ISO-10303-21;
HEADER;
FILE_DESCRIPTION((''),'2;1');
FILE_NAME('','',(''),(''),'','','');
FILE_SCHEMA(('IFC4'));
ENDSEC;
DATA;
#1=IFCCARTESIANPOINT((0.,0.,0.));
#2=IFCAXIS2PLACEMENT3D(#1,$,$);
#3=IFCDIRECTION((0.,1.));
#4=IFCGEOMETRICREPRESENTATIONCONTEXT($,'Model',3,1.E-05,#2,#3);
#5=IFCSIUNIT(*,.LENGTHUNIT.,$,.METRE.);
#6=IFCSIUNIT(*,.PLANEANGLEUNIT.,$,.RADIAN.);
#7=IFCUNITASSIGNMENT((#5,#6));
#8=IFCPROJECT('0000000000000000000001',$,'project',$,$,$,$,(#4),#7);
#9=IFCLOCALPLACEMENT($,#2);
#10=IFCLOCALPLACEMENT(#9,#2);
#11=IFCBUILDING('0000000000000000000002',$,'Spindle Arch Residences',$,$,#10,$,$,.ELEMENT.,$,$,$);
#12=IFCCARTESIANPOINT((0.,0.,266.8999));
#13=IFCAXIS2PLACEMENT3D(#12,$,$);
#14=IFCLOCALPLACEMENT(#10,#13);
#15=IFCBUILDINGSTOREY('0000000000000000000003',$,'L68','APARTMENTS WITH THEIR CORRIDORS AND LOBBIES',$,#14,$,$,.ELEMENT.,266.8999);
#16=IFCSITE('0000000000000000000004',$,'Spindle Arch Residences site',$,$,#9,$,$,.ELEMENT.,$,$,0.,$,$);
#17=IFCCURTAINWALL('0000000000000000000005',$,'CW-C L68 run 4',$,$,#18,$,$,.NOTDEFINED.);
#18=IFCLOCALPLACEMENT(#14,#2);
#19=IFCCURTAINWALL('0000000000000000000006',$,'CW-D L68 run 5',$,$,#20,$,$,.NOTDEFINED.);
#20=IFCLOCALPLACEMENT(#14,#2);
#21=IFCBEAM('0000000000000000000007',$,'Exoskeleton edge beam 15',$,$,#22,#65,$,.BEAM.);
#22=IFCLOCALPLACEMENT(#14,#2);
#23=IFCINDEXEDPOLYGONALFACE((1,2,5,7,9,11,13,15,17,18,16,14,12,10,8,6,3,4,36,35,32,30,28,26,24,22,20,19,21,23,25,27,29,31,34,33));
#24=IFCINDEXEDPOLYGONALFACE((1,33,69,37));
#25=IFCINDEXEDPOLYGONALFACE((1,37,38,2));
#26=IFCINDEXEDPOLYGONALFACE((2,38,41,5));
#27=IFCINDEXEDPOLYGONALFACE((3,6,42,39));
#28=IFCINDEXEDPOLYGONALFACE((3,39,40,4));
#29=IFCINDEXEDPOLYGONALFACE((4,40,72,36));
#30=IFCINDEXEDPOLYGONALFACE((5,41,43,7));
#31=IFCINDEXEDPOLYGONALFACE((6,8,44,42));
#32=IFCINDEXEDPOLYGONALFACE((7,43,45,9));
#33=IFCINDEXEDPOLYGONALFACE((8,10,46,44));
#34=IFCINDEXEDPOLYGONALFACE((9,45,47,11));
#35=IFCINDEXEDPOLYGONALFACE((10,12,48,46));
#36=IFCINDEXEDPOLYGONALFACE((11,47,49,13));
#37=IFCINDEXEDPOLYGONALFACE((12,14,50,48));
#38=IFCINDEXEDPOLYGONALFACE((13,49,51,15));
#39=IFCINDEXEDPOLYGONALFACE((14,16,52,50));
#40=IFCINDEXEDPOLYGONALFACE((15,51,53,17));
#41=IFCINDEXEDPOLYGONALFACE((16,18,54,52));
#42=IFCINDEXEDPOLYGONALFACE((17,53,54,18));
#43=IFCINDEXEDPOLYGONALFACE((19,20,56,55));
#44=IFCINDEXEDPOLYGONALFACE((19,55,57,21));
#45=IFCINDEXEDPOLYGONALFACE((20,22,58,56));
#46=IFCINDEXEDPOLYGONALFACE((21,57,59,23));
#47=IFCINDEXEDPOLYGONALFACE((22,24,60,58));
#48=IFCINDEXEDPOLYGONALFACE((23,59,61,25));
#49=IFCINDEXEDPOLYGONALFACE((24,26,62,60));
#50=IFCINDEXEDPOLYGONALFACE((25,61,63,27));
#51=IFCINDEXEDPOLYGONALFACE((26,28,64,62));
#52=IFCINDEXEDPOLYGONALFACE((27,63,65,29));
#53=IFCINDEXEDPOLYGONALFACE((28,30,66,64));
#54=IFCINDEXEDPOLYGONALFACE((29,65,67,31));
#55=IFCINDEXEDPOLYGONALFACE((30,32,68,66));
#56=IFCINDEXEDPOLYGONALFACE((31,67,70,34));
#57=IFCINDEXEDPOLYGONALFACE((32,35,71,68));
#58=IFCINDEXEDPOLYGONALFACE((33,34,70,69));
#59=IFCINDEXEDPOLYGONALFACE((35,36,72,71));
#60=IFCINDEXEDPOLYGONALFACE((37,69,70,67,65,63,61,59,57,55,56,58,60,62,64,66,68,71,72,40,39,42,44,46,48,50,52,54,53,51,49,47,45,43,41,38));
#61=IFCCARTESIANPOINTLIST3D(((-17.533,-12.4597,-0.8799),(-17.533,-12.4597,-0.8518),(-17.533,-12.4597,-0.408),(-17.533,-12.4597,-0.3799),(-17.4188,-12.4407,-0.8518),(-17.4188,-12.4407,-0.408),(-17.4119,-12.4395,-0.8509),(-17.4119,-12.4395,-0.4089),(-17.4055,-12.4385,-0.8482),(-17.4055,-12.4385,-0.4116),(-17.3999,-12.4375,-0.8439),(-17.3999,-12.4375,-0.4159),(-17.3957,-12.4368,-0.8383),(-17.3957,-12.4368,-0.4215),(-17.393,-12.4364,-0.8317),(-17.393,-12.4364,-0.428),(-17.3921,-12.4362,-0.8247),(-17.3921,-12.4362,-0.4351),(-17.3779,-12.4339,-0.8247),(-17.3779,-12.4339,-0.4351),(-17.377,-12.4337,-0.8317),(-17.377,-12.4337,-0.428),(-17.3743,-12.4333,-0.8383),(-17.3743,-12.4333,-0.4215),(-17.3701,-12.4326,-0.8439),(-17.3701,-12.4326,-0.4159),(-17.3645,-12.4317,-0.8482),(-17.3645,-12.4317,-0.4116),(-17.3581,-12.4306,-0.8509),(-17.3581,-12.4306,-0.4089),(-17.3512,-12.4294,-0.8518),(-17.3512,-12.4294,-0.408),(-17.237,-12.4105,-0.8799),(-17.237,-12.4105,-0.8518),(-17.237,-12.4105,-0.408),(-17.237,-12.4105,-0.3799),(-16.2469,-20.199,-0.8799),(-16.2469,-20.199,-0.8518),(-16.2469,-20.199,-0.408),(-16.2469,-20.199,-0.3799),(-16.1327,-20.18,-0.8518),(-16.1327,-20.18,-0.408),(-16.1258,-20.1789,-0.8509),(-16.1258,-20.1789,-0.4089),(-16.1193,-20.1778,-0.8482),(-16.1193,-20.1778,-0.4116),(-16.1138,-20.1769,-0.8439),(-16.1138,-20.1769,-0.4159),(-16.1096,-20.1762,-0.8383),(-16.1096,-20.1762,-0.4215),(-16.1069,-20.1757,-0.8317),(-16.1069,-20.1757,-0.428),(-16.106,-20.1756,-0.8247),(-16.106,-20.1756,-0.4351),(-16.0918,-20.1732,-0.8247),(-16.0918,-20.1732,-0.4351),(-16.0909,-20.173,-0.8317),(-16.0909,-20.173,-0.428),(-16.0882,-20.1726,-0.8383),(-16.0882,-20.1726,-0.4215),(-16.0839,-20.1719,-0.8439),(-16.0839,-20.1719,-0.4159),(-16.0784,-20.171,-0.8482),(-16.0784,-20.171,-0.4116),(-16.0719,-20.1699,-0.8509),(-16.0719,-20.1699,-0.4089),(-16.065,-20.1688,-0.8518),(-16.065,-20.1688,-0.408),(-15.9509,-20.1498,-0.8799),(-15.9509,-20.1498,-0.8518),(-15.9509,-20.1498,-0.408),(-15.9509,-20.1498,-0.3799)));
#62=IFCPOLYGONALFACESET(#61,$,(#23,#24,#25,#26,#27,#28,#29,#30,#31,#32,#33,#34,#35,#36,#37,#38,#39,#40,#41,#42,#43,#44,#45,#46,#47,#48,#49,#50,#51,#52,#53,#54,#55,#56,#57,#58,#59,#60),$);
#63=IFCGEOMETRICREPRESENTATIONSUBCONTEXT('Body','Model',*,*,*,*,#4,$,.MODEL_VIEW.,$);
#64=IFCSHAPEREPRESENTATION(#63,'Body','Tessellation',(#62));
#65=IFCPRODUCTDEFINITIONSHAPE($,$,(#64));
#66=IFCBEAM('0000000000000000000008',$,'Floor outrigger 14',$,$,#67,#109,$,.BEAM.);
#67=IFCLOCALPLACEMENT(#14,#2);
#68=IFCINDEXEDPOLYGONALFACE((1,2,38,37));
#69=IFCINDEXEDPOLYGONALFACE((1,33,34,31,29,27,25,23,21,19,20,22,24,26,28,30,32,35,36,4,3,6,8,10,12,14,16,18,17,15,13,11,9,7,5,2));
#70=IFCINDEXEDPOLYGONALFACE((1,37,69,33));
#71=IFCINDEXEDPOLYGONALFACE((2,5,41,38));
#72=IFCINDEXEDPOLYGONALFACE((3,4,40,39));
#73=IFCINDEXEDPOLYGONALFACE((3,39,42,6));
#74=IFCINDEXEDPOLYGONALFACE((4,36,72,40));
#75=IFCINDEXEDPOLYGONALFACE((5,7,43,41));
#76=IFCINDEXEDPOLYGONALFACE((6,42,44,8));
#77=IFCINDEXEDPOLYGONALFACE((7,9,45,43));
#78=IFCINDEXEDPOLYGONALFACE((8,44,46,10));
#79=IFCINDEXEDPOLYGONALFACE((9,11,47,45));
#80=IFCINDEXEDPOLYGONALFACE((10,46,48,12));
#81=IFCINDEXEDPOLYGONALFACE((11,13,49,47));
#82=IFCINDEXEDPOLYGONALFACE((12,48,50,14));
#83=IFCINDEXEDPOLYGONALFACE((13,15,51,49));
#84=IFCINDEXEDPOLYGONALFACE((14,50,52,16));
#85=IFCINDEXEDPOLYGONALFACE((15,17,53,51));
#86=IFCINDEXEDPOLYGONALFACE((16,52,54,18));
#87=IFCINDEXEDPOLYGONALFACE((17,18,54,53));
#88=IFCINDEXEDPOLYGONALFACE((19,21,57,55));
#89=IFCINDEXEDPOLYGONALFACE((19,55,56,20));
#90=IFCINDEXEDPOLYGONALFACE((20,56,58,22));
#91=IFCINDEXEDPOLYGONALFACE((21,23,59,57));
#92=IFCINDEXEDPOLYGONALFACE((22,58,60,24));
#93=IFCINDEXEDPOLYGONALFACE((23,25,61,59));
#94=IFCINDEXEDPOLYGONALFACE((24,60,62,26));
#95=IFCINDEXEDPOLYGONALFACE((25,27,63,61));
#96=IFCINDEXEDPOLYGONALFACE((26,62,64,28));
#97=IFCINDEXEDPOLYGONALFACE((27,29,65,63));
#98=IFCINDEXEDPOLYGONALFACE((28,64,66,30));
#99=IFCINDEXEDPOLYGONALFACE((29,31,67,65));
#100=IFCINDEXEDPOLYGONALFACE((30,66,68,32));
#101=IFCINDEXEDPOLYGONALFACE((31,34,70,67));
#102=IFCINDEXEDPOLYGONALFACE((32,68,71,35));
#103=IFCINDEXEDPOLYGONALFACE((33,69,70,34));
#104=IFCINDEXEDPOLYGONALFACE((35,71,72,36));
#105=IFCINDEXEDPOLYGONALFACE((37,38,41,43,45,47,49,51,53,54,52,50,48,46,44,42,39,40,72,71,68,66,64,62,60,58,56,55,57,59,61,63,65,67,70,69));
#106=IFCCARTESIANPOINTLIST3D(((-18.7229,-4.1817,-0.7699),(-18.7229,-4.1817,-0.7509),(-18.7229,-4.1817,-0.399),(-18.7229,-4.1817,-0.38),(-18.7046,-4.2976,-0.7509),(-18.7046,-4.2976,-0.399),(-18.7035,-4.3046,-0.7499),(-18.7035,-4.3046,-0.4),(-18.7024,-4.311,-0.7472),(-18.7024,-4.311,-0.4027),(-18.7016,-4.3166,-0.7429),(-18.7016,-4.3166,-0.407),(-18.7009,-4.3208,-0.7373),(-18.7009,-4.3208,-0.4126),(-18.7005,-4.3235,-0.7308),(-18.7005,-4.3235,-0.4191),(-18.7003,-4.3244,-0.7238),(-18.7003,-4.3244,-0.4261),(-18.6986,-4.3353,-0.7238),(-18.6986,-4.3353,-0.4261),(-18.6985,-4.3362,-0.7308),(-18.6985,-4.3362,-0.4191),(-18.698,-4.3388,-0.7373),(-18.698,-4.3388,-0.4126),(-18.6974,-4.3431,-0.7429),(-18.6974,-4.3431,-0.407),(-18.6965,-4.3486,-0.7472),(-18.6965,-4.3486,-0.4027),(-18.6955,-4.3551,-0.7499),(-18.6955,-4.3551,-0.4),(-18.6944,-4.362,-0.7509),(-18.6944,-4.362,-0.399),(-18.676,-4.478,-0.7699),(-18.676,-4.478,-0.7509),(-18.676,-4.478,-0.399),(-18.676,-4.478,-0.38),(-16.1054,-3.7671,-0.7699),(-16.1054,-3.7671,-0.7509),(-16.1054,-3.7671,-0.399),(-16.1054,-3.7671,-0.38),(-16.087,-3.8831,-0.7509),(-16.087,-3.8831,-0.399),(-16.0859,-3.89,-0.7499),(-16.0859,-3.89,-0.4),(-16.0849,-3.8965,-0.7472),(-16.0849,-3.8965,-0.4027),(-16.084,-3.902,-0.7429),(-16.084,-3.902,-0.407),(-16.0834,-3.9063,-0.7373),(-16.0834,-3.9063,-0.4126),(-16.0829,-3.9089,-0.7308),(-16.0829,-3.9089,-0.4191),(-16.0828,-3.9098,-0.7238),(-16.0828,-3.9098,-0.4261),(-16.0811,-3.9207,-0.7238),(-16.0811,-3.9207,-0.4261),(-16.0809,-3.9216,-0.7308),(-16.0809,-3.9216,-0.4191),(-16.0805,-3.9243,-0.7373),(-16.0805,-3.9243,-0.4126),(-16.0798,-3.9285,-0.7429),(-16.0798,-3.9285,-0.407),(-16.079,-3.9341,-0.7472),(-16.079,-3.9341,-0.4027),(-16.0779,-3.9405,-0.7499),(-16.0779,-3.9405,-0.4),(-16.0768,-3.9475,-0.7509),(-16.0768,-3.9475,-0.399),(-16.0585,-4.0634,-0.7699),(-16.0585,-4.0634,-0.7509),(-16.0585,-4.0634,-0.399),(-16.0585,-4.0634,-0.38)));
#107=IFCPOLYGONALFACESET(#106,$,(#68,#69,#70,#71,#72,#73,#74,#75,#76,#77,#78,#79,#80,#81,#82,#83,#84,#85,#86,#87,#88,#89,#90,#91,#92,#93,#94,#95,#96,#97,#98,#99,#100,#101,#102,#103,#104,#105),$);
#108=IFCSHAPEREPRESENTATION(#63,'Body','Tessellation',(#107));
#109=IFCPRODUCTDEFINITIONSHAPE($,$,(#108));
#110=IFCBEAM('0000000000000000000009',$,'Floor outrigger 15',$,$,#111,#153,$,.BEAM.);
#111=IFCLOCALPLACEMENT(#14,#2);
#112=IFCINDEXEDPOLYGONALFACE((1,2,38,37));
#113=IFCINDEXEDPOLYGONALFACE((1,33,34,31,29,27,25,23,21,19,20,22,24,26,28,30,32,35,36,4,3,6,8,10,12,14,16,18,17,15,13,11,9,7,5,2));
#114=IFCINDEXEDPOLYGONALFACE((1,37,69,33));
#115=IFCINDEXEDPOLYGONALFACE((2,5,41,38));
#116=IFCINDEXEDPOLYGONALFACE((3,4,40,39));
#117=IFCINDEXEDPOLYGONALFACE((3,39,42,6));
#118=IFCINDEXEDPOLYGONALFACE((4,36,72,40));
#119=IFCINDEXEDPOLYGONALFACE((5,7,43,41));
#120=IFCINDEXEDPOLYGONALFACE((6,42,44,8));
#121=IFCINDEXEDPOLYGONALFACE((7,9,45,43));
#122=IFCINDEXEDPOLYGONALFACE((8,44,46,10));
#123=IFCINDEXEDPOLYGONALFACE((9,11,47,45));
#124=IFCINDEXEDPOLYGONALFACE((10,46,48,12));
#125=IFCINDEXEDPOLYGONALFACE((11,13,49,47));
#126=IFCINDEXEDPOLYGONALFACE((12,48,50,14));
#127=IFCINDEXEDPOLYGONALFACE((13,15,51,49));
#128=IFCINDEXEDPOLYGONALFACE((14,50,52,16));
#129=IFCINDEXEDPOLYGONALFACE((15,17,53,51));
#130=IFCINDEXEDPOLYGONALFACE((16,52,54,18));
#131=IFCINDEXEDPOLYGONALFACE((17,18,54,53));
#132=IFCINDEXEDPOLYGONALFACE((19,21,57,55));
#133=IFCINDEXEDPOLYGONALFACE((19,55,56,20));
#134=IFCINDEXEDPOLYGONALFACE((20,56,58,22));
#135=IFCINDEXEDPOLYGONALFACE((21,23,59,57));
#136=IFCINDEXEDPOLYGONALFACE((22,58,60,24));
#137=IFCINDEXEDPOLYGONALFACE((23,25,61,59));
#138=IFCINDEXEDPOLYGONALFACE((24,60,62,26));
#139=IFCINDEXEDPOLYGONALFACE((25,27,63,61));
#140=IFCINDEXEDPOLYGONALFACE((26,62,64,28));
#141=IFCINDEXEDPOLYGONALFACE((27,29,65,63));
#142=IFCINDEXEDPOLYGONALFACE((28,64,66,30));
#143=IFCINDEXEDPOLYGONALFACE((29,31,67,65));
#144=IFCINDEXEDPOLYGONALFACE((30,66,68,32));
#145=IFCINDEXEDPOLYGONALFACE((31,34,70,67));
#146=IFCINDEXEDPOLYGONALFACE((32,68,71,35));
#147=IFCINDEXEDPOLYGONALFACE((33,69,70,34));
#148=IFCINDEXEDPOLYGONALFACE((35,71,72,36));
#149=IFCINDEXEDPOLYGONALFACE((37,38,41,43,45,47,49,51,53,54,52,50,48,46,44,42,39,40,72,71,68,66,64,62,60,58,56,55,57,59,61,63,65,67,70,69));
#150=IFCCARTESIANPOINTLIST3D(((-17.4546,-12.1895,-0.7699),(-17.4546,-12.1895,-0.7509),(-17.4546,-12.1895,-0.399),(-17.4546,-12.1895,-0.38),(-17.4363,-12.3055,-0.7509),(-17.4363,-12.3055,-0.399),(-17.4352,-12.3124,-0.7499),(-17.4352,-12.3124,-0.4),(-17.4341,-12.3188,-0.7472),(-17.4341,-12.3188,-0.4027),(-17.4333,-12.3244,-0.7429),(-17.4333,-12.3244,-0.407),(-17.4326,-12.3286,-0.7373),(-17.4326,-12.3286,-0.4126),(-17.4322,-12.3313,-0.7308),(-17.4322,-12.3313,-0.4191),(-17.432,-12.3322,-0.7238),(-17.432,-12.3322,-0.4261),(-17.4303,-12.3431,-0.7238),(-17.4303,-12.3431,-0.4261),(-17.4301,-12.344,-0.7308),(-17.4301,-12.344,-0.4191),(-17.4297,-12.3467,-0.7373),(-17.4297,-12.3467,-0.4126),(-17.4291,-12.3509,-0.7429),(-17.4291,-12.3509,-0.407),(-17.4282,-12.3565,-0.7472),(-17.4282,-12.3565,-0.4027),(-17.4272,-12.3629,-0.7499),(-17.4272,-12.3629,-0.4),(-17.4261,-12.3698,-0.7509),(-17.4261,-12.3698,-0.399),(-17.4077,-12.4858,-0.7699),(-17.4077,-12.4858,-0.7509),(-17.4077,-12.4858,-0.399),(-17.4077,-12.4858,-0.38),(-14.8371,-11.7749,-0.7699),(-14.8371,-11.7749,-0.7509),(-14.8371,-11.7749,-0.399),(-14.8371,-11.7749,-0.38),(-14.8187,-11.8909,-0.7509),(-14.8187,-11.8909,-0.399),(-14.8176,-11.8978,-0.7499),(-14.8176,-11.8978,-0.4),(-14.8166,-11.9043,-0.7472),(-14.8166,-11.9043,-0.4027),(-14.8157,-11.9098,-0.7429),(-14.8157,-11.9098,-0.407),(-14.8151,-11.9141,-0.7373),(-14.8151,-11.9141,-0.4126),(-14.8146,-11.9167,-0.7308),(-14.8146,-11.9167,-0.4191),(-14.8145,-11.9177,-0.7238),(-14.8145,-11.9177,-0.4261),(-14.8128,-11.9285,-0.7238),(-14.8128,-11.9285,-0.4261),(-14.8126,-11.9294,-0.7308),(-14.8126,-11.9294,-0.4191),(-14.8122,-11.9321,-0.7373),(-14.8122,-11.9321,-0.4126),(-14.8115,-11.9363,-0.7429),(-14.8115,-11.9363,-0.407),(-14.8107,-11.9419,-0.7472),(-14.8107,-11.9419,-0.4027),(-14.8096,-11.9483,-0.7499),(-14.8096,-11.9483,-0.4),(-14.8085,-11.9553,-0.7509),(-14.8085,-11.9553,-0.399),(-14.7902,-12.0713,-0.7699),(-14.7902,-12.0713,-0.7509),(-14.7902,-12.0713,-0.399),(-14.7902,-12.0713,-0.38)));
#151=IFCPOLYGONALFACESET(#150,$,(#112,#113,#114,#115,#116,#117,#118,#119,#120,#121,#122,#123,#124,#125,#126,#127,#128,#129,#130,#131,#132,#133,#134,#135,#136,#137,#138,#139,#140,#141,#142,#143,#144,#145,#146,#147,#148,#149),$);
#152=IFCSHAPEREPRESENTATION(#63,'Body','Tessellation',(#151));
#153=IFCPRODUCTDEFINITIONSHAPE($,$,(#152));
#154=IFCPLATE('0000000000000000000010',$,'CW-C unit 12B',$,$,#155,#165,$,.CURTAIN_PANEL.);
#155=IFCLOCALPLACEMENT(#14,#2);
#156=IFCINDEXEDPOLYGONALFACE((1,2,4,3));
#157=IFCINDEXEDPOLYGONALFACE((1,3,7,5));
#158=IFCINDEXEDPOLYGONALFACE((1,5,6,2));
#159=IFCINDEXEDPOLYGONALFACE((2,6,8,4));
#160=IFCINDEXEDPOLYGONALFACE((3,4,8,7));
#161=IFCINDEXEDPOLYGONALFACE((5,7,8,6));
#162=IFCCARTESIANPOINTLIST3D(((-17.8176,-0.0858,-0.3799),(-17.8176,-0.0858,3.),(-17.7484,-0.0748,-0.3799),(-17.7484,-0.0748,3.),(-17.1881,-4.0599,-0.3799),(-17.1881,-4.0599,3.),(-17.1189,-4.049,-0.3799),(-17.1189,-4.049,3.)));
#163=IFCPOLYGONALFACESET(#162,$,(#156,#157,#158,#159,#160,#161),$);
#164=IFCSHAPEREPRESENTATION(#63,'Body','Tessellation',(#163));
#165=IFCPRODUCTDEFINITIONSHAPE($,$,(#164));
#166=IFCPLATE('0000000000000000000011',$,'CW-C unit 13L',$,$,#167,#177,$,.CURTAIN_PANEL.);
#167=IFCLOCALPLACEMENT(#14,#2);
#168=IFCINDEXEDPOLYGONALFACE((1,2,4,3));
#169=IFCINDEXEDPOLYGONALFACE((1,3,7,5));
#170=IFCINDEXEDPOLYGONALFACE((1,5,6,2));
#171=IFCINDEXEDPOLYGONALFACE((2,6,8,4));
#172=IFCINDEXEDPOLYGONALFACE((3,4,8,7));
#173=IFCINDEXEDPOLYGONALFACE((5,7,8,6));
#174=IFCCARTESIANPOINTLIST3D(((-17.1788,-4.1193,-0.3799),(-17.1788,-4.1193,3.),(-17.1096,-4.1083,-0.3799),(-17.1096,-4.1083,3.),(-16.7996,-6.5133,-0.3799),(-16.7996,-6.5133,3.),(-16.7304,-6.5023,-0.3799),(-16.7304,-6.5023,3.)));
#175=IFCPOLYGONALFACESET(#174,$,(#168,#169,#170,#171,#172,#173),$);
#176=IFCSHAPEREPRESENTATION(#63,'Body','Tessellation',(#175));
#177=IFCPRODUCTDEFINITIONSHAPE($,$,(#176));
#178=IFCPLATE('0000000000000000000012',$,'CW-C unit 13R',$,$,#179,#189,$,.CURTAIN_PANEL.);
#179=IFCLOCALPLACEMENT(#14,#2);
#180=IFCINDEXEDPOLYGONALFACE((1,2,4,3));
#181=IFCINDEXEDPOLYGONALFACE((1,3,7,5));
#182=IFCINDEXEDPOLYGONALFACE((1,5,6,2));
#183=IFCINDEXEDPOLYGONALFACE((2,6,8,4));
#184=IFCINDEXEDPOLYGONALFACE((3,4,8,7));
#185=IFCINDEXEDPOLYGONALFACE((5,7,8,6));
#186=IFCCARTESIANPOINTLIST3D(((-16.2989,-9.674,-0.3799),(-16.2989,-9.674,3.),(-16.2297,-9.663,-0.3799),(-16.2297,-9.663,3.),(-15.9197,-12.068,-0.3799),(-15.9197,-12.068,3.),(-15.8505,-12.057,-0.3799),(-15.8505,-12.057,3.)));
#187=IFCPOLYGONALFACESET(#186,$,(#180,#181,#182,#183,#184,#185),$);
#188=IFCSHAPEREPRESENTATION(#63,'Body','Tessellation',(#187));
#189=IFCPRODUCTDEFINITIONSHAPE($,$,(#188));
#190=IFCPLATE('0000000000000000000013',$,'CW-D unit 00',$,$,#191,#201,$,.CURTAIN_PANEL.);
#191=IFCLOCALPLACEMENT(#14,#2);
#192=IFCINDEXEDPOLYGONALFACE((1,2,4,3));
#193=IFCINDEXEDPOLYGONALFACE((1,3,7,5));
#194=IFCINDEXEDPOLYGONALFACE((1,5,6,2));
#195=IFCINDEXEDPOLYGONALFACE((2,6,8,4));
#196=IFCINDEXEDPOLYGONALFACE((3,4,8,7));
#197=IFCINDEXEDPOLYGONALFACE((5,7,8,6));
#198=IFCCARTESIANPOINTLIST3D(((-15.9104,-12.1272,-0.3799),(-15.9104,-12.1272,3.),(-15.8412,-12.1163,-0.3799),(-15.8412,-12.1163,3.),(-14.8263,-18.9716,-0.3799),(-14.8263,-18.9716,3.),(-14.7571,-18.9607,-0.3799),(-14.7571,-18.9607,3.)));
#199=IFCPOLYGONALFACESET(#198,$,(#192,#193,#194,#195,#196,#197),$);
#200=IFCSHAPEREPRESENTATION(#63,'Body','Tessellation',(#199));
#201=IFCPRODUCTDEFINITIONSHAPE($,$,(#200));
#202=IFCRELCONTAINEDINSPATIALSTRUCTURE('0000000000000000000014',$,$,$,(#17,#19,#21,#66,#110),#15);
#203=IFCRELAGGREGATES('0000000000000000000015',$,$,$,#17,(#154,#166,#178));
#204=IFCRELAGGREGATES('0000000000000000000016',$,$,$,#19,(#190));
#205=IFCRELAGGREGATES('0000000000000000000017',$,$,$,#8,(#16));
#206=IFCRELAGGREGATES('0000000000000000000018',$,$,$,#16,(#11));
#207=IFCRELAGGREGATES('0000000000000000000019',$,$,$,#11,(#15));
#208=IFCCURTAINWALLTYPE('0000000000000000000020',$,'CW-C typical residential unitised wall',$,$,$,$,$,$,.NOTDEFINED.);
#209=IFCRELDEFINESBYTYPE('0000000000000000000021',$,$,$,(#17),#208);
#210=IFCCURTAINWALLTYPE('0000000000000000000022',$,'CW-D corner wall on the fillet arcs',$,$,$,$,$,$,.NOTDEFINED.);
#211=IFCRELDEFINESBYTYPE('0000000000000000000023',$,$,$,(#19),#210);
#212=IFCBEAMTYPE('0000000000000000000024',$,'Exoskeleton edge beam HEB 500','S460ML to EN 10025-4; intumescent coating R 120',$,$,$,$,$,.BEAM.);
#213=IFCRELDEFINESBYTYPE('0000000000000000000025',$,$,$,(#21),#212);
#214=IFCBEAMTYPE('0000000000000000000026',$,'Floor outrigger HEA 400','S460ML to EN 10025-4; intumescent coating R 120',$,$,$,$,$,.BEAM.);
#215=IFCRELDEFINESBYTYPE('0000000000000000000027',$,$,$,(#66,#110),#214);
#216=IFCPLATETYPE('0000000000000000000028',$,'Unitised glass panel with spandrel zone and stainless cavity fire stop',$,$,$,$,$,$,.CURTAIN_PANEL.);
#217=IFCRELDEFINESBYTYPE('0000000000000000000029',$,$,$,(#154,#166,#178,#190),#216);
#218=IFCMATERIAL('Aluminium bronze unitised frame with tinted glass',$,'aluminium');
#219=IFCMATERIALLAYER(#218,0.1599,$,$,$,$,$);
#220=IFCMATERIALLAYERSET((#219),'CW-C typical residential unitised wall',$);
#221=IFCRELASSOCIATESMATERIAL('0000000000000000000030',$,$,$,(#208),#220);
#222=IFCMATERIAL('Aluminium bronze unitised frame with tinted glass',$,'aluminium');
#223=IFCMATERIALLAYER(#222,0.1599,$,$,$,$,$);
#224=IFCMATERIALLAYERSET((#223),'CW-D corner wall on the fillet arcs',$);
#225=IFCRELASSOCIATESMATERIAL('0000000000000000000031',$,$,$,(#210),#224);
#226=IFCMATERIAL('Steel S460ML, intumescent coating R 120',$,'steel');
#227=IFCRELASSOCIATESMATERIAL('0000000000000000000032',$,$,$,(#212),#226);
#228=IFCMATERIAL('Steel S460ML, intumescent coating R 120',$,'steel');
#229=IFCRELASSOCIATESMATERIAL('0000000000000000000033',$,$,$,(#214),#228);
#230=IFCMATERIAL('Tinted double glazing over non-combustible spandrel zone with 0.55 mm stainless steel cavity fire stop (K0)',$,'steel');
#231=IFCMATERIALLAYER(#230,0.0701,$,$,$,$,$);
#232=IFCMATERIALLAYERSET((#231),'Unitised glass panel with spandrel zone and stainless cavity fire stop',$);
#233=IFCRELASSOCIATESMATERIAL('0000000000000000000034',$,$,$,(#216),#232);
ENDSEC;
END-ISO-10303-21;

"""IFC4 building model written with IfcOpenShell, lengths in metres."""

from ifc_helpers import new_model, si_unit, direction, frame, origin, origin_2d, place, context, subcontext, project, spatial, rectangle, i_section, extrude, material, layer, layer_set, material_profile, profile_set, type_object, element, aggregate, save


model = new_model("IFC4")

# Units and contexts
model_context = context("Model", 3, precision=1e-05, world=origin(), true_north=direction((0.0, 1.0)))
body_context = subcontext(model_context, "Body", "Model", "MODEL_VIEW")
ifc_project = project(units=[si_unit("LENGTHUNIT", "METRE"), si_unit("PLANEANGLEUNIT", "RADIAN")], contexts=[model_context])

# Site, building, storey
site_placement = place(None, origin())
site = spatial("IfcSite", under=ifc_project, at=site_placement, Name="Spindle Arch Residences site", CompositionType="ELEMENT", RefElevation=0.0)
building_placement = place(site_placement, origin())
building = spatial("IfcBuilding", under=site, at=building_placement, Name="Spindle Arch Residences", CompositionType="ELEMENT")
storey_placement = place(building_placement, frame((0.0, 0.0, 266.8999)))
storey = spatial("IfcBuildingStorey", under=building, at=storey_placement, Name="L68", Description="APARTMENTS WITH THEIR CORRIDORS AND LOBBIES", CompositionType="ELEMENT", Elevation=266.8999)

# Curtain wall
ifc_material_1 = material(Name="Aluminium bronze unitised frame with tinted glass", Category="aluminium")
ifc_layer_1 = layer(ifc_material_1, 0.1599)
ifc_layer_set_1 = layer_set([ifc_layer_1], Name="CW-C typical residential unitised wall")
curtain_wall_type_1 = type_object("IfcCurtainWallType", Name="CW-C typical residential unitised wall", PredefinedType="NOTDEFINED", material=ifc_layer_set_1)
curtain_wall_1_placement = place(storey_placement, origin())
curtain_wall_1 = element("IfcCurtainWall", 1, at=curtain_wall_1_placement, inside=storey, type_object=curtain_wall_type_1, Name="CW-C L68 run 4", PredefinedType="NOTDEFINED")

# Curtain wall
ifc_material_2 = material(Name="Aluminium bronze unitised frame with tinted glass", Category="aluminium")
ifc_layer_2 = layer(ifc_material_2, 0.1599)
ifc_layer_set_2 = layer_set([ifc_layer_2], Name="CW-D corner wall on the fillet arcs")
curtain_wall_type_2 = type_object("IfcCurtainWallType", Name="CW-D corner wall on the fillet arcs", PredefinedType="NOTDEFINED", material=ifc_layer_set_2)
curtain_wall_2_placement = place(storey_placement, origin())
curtain_wall_2 = element("IfcCurtainWall", 2, at=curtain_wall_2_placement, inside=storey, type_object=curtain_wall_type_2, Name="CW-D L68 run 5", PredefinedType="NOTDEFINED")

# Beams
ifc_material_3 = material(Name="Steel S460ML, intumescent coating R 120", Category="steel")
ifc_material_profile_1 = material_profile(ifc_material_3, i_section(OverallWidth=0.3, OverallDepth=0.5, WebThickness=0.0144, FlangeThickness=0.0281, FilletRadius=0.0271, at=origin_2d()), Name="HEB 500")
ifc_profile_set_1 = profile_set([ifc_material_profile_1], Name="Steel S460ML, intumescent coating R 120")
beam_type_1 = type_object("IfcBeamType", Name="Exoskeleton edge beam HEB 500", Description="S460ML to EN 10025-4; intumescent coating R 120", PredefinedType="BEAM", material=ifc_profile_set_1)
beam_1_placement = place(storey_placement, frame((-17.385, -12.4351, -0.6299), z_axis=(0.163935, -0.986471, 0.0), x_axis=(0.986471, 0.163935, 0.0)))
element("IfcBeam", 3, at=beam_1_placement, inside=storey, type_object=beam_type_1, Name="Exoskeleton edge beam 15", PredefinedType="BEAM", context=body_context, shape_type="SweptSolid", body=[
    extrude(i_section(OverallWidth=0.3, OverallDepth=0.5, WebThickness=0.0144, FlangeThickness=0.0281, FilletRadius=0.0271, at=origin_2d()), origin(), (0.0, 0.0, 1.0), 7.8455),
])
ifc_material_4 = material(Name="Steel S460ML, intumescent coating R 120", Category="steel")
ifc_material_profile_2 = material_profile(ifc_material_4, i_section(OverallWidth=0.3, OverallDepth=0.3899, WebThickness=0.011, FlangeThickness=0.019, FilletRadius=0.0271, at=origin_2d()), Name="HEA 400")
ifc_profile_set_2 = profile_set([ifc_material_profile_2], Name="Steel S460ML, intumescent coating R 120")
beam_type_2 = type_object("IfcBeamType", Name="Floor outrigger HEA 400", Description="S460ML to EN 10025-4; intumescent coating R 120", PredefinedType="BEAM", material=ifc_profile_set_2)
for number, where, z_axis, x_axis, name in (
    (4, (-18.6995, -4.3298, -0.575), (0.987689, 0.156431, 0.0), (-0.156431, 0.987689, 0.0), "Floor outrigger 14"),
    (5, (-17.4312, -12.3376, -0.575), (0.987689, 0.156431, 0.0), (-0.156431, 0.987689, 0.0), "Floor outrigger 15"),
):
    element("IfcBeam", number, at=place(storey_placement, frame(where, z_axis=z_axis, x_axis=x_axis)), inside=storey, type_object=beam_type_2, Name=name, PredefinedType="BEAM", context=body_context, shape_type="SweptSolid", body=[
        extrude(i_section(OverallWidth=0.3, OverallDepth=0.3899, WebThickness=0.011, FlangeThickness=0.019, FilletRadius=0.0271, at=origin_2d()), origin(), (0.0, 0.0, 1.0), 2.6501),
    ])

# Plates
ifc_material_5 = material(Name="Tinted double glazing over non-combustible spandrel zone with 0.55 mm stainless steel cavity fire stop (K0)", Category="steel")
ifc_layer_3 = layer(ifc_material_5, 0.0701)
ifc_layer_set_3 = layer_set([ifc_layer_3], Name="Unitised glass panel with spandrel zone and stainless cavity fire stop")
plate_type = type_object("IfcPlateType", Name="Unitised glass panel with spandrel zone and stainless cavity fire stop", PredefinedType="CURTAIN_PANEL", material=ifc_layer_set_3)
plate_1_placement = place(storey_placement, frame((-17.4683, -2.0674, -0.3799), z_axis=(0.0, 0.0, 1.0), x_axis=(0.156434, -0.987688, 0.0)))
plate_1 = element("IfcPlate", 6, at=plate_1_placement, type_object=plate_type, Name="CW-C unit 12B", PredefinedType="CURTAIN_PANEL", context=body_context, shape_type="SweptSolid", body=[
    extrude(rectangle(XDim=4.0237, YDim=0.0701, at=origin_2d()), origin(), (0.0, 0.0, 1.0), 3.3799),
])
plate_2_placement = place(storey_placement, frame((-16.9546, -5.3108, -0.3799), z_axis=(0.0, 0.0, 1.0), x_axis=(0.156434, -0.987688, 0.0)))
plate_2 = element("IfcPlate", 7, at=plate_2_placement, type_object=plate_type, Name="CW-C unit 13L", PredefinedType="CURTAIN_PANEL", context=body_context, shape_type="SweptSolid", body=[
    extrude(rectangle(XDim=2.4238, YDim=0.0701, at=origin_2d()), origin(), (0.0, 0.0, 1.0), 3.3799),
])
plate_3_placement = place(storey_placement, frame((-16.0747, -10.8655, -0.3799), z_axis=(0.0, 0.0, 1.0), x_axis=(0.156434, -0.987688, 0.0)))
plate_3 = element("IfcPlate", 8, at=plate_3_placement, type_object=plate_type, Name="CW-C unit 13R", PredefinedType="CURTAIN_PANEL", context=body_context, shape_type="SweptSolid", body=[
    extrude(rectangle(XDim=2.4238, YDim=0.0701, at=origin_2d()), origin(), (0.0, 0.0, 1.0), 3.3799),
])
aggregate(curtain_wall_1, [plate_1, plate_2, plate_3])
plate_4_placement = place(storey_placement, frame((-15.3337, -15.5439, -0.3799), z_axis=(0.0, 0.0, 1.0), x_axis=(0.156434, -0.987688, 0.0)))
plate_4 = element("IfcPlate", 9, at=plate_4_placement, type_object=plate_type, Name="CW-D unit 00", PredefinedType="CURTAIN_PANEL", context=body_context, shape_type="SweptSolid", body=[
    extrude(rectangle(XDim=6.9297, YDim=0.0701, at=origin_2d()), origin(), (0.0, 0.0, 1.0), 3.3799),
])
aggregate(curtain_wall_2, [plate_4])

save(model, "model.ifc")
